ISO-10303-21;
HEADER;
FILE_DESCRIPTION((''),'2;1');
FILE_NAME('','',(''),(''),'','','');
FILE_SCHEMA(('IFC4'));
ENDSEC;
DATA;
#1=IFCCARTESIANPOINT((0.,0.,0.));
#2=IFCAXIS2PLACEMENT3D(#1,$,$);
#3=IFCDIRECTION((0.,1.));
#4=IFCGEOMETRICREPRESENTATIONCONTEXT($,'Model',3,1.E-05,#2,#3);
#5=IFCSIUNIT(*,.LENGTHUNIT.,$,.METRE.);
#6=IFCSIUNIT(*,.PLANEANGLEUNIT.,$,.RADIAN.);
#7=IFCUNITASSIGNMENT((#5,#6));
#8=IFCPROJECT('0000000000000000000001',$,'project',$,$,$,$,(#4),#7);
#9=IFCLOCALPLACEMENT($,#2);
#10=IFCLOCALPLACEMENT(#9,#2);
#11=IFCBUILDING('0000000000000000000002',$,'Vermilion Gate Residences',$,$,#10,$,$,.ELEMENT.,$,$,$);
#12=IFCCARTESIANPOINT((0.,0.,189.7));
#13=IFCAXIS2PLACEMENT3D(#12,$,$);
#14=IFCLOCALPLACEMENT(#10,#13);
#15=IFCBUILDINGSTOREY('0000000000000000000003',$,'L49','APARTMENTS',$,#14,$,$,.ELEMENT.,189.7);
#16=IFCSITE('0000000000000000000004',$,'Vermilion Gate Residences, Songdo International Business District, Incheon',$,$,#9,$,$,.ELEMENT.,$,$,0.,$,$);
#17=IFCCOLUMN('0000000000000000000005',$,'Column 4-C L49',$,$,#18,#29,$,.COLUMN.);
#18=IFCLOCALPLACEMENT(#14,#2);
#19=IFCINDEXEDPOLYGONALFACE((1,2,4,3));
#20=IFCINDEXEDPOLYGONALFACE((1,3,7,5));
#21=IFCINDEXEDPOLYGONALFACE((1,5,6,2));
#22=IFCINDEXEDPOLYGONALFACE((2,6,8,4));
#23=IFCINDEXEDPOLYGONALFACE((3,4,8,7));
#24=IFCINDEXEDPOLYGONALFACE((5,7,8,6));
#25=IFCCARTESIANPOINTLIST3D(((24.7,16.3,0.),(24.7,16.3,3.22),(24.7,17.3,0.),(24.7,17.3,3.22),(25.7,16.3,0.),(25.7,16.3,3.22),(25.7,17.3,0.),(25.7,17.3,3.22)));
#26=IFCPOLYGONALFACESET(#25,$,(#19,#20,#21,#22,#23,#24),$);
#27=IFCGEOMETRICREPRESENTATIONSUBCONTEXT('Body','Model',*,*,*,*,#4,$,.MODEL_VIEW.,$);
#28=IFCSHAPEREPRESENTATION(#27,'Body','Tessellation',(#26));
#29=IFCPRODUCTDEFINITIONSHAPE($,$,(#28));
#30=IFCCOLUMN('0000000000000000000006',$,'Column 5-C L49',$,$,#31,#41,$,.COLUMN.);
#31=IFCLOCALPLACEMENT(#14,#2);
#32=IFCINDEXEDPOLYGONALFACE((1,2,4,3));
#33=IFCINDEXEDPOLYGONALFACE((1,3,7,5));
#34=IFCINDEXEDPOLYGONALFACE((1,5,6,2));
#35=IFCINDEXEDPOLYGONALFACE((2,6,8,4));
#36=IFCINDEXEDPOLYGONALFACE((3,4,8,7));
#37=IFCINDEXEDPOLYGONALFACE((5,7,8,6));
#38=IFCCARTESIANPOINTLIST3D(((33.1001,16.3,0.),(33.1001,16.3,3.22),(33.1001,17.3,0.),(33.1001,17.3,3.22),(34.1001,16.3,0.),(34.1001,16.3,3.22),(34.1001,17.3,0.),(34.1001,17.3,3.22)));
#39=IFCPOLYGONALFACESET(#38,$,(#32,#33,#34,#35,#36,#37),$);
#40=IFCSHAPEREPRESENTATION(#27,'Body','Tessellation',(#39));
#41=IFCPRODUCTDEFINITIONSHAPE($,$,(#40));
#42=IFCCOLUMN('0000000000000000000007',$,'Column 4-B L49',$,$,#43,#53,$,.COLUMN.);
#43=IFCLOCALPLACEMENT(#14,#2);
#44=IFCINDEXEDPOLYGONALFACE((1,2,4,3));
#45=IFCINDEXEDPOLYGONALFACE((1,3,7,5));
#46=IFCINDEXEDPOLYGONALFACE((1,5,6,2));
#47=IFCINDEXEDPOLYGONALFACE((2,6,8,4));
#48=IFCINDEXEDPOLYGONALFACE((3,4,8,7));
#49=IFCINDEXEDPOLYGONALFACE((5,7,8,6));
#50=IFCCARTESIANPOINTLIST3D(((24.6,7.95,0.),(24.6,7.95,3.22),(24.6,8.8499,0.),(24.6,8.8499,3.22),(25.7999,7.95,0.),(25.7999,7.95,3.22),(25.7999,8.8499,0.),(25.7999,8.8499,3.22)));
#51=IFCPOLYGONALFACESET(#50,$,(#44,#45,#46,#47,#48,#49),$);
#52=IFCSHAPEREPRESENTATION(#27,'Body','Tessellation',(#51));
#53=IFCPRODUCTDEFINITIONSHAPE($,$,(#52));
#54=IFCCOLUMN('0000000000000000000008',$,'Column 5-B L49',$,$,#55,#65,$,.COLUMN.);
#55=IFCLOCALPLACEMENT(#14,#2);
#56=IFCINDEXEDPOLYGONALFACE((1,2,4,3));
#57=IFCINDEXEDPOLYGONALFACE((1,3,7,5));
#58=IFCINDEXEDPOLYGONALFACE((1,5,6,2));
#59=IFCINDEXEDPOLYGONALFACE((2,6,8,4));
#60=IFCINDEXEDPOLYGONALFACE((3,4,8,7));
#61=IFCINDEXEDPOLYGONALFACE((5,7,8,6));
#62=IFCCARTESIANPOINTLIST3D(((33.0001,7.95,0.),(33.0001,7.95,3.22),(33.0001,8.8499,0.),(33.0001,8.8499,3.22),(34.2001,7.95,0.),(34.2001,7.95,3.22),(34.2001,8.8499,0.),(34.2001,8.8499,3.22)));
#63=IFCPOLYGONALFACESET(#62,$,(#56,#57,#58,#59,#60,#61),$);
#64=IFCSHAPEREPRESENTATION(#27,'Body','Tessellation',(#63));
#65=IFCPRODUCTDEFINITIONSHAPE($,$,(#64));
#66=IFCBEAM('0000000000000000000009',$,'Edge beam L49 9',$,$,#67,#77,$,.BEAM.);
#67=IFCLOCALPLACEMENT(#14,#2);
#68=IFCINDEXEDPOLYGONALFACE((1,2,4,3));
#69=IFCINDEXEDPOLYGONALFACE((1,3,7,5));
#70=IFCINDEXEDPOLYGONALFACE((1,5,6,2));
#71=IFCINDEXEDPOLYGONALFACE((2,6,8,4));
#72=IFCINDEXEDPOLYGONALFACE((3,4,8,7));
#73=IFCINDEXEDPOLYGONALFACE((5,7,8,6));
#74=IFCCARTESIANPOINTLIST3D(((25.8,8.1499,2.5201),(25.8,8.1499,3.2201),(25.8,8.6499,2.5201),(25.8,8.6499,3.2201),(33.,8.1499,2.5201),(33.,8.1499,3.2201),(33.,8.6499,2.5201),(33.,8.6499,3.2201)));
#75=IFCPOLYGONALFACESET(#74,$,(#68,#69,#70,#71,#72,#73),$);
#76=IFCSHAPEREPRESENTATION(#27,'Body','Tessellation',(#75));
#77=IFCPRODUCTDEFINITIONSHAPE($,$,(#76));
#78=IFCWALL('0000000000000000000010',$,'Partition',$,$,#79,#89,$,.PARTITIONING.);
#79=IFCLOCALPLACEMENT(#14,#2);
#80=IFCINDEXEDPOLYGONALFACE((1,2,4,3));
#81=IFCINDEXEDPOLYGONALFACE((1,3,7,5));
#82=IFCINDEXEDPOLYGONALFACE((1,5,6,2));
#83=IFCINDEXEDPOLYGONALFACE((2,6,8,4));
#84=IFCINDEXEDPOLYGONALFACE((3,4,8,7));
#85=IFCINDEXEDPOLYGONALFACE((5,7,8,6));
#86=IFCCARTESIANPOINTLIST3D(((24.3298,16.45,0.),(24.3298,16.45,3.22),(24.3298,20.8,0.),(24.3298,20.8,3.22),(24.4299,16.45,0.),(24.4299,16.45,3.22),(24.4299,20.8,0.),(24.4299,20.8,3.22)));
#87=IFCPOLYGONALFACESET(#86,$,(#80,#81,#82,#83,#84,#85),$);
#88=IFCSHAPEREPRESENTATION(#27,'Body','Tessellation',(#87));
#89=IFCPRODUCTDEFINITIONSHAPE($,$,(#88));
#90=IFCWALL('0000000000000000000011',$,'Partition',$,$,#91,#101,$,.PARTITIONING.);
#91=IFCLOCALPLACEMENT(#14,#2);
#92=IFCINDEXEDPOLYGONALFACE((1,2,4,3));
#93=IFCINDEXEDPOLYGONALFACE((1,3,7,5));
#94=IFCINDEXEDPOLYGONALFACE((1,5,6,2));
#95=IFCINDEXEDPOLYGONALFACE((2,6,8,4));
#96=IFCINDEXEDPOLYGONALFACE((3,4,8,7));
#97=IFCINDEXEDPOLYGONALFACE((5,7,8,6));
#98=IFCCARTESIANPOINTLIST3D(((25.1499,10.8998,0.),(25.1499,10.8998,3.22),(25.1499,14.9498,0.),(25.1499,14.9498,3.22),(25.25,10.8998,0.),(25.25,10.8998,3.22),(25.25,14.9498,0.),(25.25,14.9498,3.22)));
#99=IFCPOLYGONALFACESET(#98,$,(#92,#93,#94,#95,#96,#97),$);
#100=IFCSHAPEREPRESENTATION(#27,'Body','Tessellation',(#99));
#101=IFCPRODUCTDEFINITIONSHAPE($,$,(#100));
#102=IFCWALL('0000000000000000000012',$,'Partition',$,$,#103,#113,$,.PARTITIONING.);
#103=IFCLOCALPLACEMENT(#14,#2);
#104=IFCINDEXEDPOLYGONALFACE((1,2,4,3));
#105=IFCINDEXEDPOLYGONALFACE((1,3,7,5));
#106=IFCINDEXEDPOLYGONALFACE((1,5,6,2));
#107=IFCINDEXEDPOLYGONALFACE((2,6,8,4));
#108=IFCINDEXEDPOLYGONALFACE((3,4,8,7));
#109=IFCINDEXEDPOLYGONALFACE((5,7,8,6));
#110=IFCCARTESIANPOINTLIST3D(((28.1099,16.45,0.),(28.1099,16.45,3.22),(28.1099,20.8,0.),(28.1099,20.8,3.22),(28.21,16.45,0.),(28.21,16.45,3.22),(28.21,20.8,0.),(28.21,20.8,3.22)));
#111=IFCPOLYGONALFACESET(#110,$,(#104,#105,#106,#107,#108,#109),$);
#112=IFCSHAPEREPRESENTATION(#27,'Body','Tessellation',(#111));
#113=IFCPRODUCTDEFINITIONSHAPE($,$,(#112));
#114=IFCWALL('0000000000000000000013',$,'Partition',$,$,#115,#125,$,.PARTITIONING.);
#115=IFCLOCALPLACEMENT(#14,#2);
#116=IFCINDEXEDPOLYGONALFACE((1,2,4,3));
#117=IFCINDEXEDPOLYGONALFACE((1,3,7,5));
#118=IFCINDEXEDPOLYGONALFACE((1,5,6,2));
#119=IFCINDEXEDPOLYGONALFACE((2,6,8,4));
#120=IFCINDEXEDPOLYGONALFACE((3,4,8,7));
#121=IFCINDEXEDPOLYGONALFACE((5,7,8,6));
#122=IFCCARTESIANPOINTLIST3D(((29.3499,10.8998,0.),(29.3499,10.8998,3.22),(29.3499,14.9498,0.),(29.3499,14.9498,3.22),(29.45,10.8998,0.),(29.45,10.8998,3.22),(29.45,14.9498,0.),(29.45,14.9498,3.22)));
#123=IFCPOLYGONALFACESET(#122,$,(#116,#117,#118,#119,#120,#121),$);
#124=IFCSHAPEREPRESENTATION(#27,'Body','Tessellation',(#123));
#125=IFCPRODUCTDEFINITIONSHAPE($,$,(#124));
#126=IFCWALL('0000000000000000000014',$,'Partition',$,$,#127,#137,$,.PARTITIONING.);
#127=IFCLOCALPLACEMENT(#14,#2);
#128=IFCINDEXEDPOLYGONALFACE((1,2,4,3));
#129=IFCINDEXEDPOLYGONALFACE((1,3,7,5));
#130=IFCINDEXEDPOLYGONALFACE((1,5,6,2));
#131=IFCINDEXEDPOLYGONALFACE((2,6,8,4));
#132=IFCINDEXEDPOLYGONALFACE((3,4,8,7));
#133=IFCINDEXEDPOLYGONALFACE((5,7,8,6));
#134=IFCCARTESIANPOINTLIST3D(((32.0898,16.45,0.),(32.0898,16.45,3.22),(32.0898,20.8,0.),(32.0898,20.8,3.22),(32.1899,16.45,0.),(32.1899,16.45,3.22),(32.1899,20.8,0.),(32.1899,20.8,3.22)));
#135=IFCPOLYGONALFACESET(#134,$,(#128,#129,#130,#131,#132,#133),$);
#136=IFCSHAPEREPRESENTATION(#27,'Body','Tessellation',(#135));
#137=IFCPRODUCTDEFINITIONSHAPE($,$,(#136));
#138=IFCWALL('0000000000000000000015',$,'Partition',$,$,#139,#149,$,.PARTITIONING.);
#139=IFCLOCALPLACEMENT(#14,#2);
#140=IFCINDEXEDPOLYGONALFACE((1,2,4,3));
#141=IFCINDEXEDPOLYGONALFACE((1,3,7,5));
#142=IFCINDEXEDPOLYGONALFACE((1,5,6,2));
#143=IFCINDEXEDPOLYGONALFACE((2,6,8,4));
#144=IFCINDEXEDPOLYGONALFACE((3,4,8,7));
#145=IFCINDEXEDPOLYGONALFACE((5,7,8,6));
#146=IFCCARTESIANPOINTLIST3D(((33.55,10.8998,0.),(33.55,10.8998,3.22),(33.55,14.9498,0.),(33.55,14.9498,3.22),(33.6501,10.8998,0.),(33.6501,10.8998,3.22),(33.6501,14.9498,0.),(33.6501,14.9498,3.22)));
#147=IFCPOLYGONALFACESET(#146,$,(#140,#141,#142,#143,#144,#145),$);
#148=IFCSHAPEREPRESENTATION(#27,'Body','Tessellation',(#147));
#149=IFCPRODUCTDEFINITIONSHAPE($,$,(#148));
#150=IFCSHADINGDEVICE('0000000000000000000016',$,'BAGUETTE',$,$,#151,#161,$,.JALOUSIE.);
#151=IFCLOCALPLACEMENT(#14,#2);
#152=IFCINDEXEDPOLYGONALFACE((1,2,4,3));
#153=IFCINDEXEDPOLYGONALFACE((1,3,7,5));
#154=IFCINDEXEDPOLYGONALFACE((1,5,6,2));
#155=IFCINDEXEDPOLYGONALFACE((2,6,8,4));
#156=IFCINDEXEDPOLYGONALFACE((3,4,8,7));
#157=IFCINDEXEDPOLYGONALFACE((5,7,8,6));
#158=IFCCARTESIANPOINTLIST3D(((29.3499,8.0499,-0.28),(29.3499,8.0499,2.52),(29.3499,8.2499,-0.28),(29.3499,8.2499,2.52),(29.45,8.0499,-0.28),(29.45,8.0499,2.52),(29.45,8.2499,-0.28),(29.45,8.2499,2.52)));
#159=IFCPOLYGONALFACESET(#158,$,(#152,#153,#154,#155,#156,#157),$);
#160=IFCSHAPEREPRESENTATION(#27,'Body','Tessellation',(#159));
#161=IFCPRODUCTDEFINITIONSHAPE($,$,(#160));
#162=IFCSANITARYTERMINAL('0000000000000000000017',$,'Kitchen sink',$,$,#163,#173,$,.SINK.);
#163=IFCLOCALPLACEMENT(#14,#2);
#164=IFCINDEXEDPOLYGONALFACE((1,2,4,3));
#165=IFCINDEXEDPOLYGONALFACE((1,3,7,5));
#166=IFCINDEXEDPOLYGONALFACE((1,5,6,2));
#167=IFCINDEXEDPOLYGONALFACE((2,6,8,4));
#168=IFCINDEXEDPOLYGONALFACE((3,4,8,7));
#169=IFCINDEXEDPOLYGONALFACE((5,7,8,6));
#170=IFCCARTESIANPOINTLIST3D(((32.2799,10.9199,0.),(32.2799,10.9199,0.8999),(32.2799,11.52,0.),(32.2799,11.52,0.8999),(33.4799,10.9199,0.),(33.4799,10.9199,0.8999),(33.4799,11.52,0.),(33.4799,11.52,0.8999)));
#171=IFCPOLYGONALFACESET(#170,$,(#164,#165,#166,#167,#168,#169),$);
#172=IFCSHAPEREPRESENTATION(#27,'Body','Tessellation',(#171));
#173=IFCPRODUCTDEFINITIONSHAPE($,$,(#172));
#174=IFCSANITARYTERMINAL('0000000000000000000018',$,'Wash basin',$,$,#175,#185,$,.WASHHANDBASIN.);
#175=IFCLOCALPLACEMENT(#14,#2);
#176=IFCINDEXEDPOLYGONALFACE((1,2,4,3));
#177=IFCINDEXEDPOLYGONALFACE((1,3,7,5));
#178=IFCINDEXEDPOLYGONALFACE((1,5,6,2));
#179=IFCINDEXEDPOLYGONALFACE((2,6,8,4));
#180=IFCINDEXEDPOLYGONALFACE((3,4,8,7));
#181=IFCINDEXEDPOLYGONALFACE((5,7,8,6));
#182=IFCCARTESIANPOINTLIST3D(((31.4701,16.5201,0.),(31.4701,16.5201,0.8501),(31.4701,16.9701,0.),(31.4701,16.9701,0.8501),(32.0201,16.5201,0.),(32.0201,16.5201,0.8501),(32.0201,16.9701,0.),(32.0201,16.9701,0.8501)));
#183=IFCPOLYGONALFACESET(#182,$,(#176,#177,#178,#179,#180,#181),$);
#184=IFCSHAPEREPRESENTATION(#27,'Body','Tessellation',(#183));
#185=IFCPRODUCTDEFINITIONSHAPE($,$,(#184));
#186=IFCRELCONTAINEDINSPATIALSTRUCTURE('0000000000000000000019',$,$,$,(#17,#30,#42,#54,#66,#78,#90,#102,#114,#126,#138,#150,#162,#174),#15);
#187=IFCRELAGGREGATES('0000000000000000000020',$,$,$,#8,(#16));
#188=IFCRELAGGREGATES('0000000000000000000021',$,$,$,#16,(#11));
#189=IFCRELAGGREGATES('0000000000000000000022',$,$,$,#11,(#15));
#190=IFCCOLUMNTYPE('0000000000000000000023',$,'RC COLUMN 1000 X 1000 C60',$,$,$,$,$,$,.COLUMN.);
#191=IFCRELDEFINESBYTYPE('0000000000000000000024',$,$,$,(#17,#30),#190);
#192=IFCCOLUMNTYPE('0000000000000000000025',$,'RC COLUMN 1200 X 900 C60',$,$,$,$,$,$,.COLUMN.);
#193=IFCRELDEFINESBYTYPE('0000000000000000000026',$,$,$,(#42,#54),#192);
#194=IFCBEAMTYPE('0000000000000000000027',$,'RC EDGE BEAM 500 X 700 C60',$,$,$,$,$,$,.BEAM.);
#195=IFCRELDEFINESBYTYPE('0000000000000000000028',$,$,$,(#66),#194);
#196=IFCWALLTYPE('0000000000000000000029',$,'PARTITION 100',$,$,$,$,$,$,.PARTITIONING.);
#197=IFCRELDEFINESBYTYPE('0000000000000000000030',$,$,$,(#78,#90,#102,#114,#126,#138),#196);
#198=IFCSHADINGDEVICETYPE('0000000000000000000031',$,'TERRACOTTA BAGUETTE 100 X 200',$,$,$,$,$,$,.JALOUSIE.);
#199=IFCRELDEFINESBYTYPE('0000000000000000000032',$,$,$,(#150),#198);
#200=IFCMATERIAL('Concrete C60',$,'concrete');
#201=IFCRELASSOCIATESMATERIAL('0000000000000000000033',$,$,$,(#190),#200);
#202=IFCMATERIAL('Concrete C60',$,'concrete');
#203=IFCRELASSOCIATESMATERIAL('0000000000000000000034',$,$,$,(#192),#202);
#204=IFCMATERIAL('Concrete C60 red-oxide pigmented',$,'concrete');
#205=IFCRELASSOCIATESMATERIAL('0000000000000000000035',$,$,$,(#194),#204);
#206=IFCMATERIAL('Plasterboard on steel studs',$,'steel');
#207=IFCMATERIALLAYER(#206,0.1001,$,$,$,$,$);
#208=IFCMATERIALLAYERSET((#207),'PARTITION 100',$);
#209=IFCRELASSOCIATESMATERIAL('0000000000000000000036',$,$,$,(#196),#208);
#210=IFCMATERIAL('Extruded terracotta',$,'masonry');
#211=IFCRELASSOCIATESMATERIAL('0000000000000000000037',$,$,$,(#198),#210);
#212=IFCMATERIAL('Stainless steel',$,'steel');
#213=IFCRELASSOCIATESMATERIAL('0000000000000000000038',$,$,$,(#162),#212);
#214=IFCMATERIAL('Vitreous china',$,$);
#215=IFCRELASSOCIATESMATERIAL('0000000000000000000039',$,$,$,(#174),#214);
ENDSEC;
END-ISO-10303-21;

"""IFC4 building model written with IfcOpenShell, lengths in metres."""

from ifc_helpers import new_model, si_unit, direction, frame, frame_2d, origin, origin_2d, place, context, subcontext, project, spatial, rectangle, extrude, material, layer, layer_set, material_profile, profile_set, type_object, element, save


model = new_model("IFC4")

# Units and contexts
model_context = context("Model", 3, precision=1e-05, world=origin(), true_north=direction((0.0, 1.0)))
body_context = subcontext(model_context, "Body", "Model", "MODEL_VIEW")
ifc_project = project(units=[si_unit("LENGTHUNIT", "METRE"), si_unit("PLANEANGLEUNIT", "RADIAN")], contexts=[model_context])

# Site, building, storey
site_placement = place(None, origin())
site = spatial("IfcSite", under=ifc_project, at=site_placement, Name="Vermilion Gate Residences, Songdo International Business District, Incheon", CompositionType="ELEMENT", RefElevation=0.0)
building_placement = place(site_placement, origin())
building = spatial("IfcBuilding", under=site, at=building_placement, Name="Vermilion Gate Residences", CompositionType="ELEMENT")
storey_placement = place(building_placement, frame((0.0, 0.0, 189.7)))
storey = spatial("IfcBuildingStorey", under=building, at=storey_placement, Name="L49", Description="APARTMENTS", CompositionType="ELEMENT", Elevation=189.7)

# Columns
ifc_material_1 = material(Name="Concrete C60", Category="concrete")
ifc_material_profile_1 = material_profile(ifc_material_1, rectangle(XDim=1.0, YDim=1.0, at=origin_2d()), Name="RC-1000x1000")
ifc_profile_set_1 = profile_set([ifc_material_profile_1], Name="Concrete C60")
column_type_1 = type_object("IfcColumnType", Name="RC COLUMN 1000 X 1000 C60", PredefinedType="COLUMN", material=ifc_profile_set_1)
for number, where, z_axis, x_axis, name in (
    (1, (25.2, 16.8, 0.0), (0.0, 0.0, 1.0), (1.0, 0.0, 0.0), "Column 4-C L49"),
    (2, (33.6001, 16.8, 0.0), (0.0, 0.0, 1.0), (1.0, 0.0, 0.0), "Column 5-C L49"),
):
    element("IfcColumn", number, at=place(storey_placement, frame(where, z_axis=z_axis, x_axis=x_axis)), inside=storey, type_object=column_type_1, Name=name, PredefinedType="COLUMN", context=body_context, shape_type="SweptSolid", body=[
        extrude(rectangle(XDim=1.0, YDim=1.0, at=origin_2d()), origin(), (0.0, 0.0, 1.0), 3.22),
    ])
ifc_material_2 = material(Name="Concrete C60", Category="concrete")
ifc_material_profile_2 = material_profile(ifc_material_2, rectangle(XDim=1.2, YDim=0.8999, at=origin_2d()), Name="RC-1200x900")
ifc_profile_set_2 = profile_set([ifc_material_profile_2], Name="Concrete C60")
column_type_2 = type_object("IfcColumnType", Name="RC COLUMN 1200 X 900 C60", PredefinedType="COLUMN", material=ifc_profile_set_2)
for number, where, z_axis, x_axis, name in (
    (3, (25.2, 8.3999, 0.0), (0.0, 0.0, 1.0), (1.0, 0.0, 0.0), "Column 4-B L49"),
    (4, (33.6001, 8.3999, 0.0), (0.0, 0.0, 1.0), (1.0, 0.0, 0.0), "Column 5-B L49"),
):
    element("IfcColumn", number, at=place(storey_placement, frame(where, z_axis=z_axis, x_axis=x_axis)), inside=storey, type_object=column_type_2, Name=name, PredefinedType="COLUMN", context=body_context, shape_type="SweptSolid", body=[
        extrude(rectangle(XDim=1.2, YDim=0.8999, at=origin_2d()), origin(), (0.0, 0.0, 1.0), 3.22),
    ])

# Beam
ifc_material_3 = material(Name="Concrete C60 red-oxide pigmented", Category="concrete")
ifc_material_profile_3 = material_profile(ifc_material_3, rectangle(XDim=0.5, YDim=0.7, at=origin_2d()), Name="RC-500x700")
ifc_profile_set_3 = profile_set([ifc_material_profile_3], Name="Concrete C60 red-oxide pigmented")
beam_type = type_object("IfcBeamType", Name="RC EDGE BEAM 500 X 700 C60", PredefinedType="BEAM", material=ifc_profile_set_3)
beam_placement = place(storey_placement, frame((25.8, 8.3999, 2.8701), z_axis=(1.0, 0.0, 0.0), x_axis=(0.0, 1.0, 0.0)))
element("IfcBeam", 5, at=beam_placement, inside=storey, type_object=beam_type, Name="Edge beam L49 9", PredefinedType="BEAM", context=body_context, shape_type="SweptSolid", body=[
    extrude(rectangle(XDim=0.5, YDim=0.7, at=origin_2d()), origin(), (0.0, 0.0, 1.0), 7.2),
])

# Walls
ifc_material_4 = material(Name="Plasterboard on steel studs", Category="steel")
ifc_layer = layer(ifc_material_4, 0.1001)
ifc_layer_set = layer_set([ifc_layer], Name="PARTITION 100")
wall_type = type_object("IfcWallType", Name="PARTITION 100", PredefinedType="PARTITIONING", material=ifc_layer_set)
wall_1_placement = place(storey_placement, frame((24.3799, 16.45, 0.0), z_axis=(0.0, 0.0, 1.0), x_axis=(0.0, 1.0, 0.0)))
element("IfcWall", 6, at=wall_1_placement, inside=storey, type_object=wall_type, Name="Partition", PredefinedType="PARTITIONING", context=body_context, shape_type="SweptSolid", body=[
    extrude(rectangle(XDim=4.3501, YDim=0.1001, at=frame_2d((2.175, 0.0))), origin(), (0.0, 0.0, 1.0), 3.22),
])
wall_2_placement = place(storey_placement, frame((25.2, 10.8999, 0.0), z_axis=(0.0, 0.0, 1.0), x_axis=(0.0, 1.0, 0.0)))
element("IfcWall", 7, at=wall_2_placement, inside=storey, type_object=wall_type, Name="Partition", PredefinedType="PARTITIONING", context=body_context, shape_type="SweptSolid", body=[
    extrude(rectangle(XDim=4.05, YDim=0.1001, at=frame_2d((2.0249, 0.0))), origin(), (0.0, 0.0, 1.0), 3.22),
])
wall_3_placement = place(storey_placement, frame((28.1599, 16.45, 0.0), z_axis=(0.0, 0.0, 1.0), x_axis=(0.0, 1.0, 0.0)))
element("IfcWall", 8, at=wall_3_placement, inside=storey, type_object=wall_type, Name="Partition", PredefinedType="PARTITIONING", context=body_context, shape_type="SweptSolid", body=[
    extrude(rectangle(XDim=4.3501, YDim=0.1001, at=frame_2d((2.175, 0.0))), origin(), (0.0, 0.0, 1.0), 3.22),
])
wall_4_placement = place(storey_placement, frame((29.3999, 10.8999, 0.0), z_axis=(0.0, 0.0, 1.0), x_axis=(0.0, 1.0, 0.0)))
element("IfcWall", 9, at=wall_4_placement, inside=storey, type_object=wall_type, Name="Partition", PredefinedType="PARTITIONING", context=body_context, shape_type="SweptSolid", body=[
    extrude(rectangle(XDim=4.05, YDim=0.1001, at=frame_2d((2.0249, 0.0))), origin(), (0.0, 0.0, 1.0), 3.22),
])
wall_5_placement = place(storey_placement, frame((32.1399, 16.45, 0.0), z_axis=(0.0, 0.0, 1.0), x_axis=(0.0, 1.0, 0.0)))
element("IfcWall", 10, at=wall_5_placement, inside=storey, type_object=wall_type, Name="Partition", PredefinedType="PARTITIONING", context=body_context, shape_type="SweptSolid", body=[
    extrude(rectangle(XDim=4.3501, YDim=0.1001, at=frame_2d((2.175, 0.0))), origin(), (0.0, 0.0, 1.0), 3.22),
])
wall_6_placement = place(storey_placement, frame((33.6001, 10.8999, 0.0), z_axis=(0.0, 0.0, 1.0), x_axis=(0.0, 1.0, 0.0)))
element("IfcWall", 11, at=wall_6_placement, inside=storey, type_object=wall_type, Name="Partition", PredefinedType="PARTITIONING", context=body_context, shape_type="SweptSolid", body=[
    extrude(rectangle(XDim=4.05, YDim=0.1001, at=frame_2d((2.0249, 0.0))), origin(), (0.0, 0.0, 1.0), 3.22),
])

# Shading device
ifc_material_5 = material(Name="Extruded terracotta", Category="masonry")
ifc_material_profile_4 = material_profile(ifc_material_5, rectangle(XDim=0.2, YDim=0.1001, at=origin_2d()), Name="BAGUETTE 100 X 200")
ifc_profile_set_4 = profile_set([ifc_material_profile_4], Name="Extruded terracotta")
shading_device_type = type_object("IfcShadingDeviceType", Name="TERRACOTTA BAGUETTE 100 X 200", PredefinedType="JALOUSIE", material=ifc_profile_set_4)
shading_device_placement = place(storey_placement, frame((29.3999, 8.1499, -0.28), z_axis=(0.0, 0.0, 1.0), x_axis=(0.0, 1.0, 0.0)))
element("IfcShadingDevice", 12, at=shading_device_placement, inside=storey, type_object=shading_device_type, Name="BAGUETTE", PredefinedType="JALOUSIE", context=body_context, shape_type="SweptSolid", body=[
    extrude(rectangle(XDim=0.2, YDim=0.1001, at=origin_2d()), origin(), (0.0, 0.0, 1.0), 2.8),
])

# Sanitary terminals
ifc_material_6 = material(Name="Stainless steel", Category="steel")
sanitary_terminal_placement = place(storey_placement, frame((32.8799, 11.22, 0.0), z_axis=(0.0, 0.0, 1.0), x_axis=(1.0, 0.0, 0.0)))
element("IfcSanitaryTerminal", 13, at=sanitary_terminal_placement, inside=storey, material=ifc_material_6, Name="Kitchen sink", PredefinedType="SINK", context=body_context, shape_type="SweptSolid", body=[
    extrude(rectangle(XDim=1.2, YDim=0.6001, at=origin_2d()), origin(), (0.0, 0.0, 1.0), 0.8999),
])
ifc_material_7 = material(Name="Vitreous china")
for number, where, z_axis, x_axis, name in (
    (14, (31.7451, 16.7451, 0.0), (0.0, 0.0, 1.0), (1.0, 0.0, 0.0), "Wash basin"),
):
    element("IfcSanitaryTerminal", number, at=place(storey_placement, frame(where, z_axis=z_axis, x_axis=x_axis)), inside=storey, material=ifc_material_7, Name=name, PredefinedType="WASHHANDBASIN", context=body_context, shape_type="SweptSolid", body=[
        extrude(rectangle(XDim=0.55, YDim=0.45, at=origin_2d()), origin(), (0.0, 0.0, 1.0), 0.8501),
    ])

save(model, "model.ifc")
